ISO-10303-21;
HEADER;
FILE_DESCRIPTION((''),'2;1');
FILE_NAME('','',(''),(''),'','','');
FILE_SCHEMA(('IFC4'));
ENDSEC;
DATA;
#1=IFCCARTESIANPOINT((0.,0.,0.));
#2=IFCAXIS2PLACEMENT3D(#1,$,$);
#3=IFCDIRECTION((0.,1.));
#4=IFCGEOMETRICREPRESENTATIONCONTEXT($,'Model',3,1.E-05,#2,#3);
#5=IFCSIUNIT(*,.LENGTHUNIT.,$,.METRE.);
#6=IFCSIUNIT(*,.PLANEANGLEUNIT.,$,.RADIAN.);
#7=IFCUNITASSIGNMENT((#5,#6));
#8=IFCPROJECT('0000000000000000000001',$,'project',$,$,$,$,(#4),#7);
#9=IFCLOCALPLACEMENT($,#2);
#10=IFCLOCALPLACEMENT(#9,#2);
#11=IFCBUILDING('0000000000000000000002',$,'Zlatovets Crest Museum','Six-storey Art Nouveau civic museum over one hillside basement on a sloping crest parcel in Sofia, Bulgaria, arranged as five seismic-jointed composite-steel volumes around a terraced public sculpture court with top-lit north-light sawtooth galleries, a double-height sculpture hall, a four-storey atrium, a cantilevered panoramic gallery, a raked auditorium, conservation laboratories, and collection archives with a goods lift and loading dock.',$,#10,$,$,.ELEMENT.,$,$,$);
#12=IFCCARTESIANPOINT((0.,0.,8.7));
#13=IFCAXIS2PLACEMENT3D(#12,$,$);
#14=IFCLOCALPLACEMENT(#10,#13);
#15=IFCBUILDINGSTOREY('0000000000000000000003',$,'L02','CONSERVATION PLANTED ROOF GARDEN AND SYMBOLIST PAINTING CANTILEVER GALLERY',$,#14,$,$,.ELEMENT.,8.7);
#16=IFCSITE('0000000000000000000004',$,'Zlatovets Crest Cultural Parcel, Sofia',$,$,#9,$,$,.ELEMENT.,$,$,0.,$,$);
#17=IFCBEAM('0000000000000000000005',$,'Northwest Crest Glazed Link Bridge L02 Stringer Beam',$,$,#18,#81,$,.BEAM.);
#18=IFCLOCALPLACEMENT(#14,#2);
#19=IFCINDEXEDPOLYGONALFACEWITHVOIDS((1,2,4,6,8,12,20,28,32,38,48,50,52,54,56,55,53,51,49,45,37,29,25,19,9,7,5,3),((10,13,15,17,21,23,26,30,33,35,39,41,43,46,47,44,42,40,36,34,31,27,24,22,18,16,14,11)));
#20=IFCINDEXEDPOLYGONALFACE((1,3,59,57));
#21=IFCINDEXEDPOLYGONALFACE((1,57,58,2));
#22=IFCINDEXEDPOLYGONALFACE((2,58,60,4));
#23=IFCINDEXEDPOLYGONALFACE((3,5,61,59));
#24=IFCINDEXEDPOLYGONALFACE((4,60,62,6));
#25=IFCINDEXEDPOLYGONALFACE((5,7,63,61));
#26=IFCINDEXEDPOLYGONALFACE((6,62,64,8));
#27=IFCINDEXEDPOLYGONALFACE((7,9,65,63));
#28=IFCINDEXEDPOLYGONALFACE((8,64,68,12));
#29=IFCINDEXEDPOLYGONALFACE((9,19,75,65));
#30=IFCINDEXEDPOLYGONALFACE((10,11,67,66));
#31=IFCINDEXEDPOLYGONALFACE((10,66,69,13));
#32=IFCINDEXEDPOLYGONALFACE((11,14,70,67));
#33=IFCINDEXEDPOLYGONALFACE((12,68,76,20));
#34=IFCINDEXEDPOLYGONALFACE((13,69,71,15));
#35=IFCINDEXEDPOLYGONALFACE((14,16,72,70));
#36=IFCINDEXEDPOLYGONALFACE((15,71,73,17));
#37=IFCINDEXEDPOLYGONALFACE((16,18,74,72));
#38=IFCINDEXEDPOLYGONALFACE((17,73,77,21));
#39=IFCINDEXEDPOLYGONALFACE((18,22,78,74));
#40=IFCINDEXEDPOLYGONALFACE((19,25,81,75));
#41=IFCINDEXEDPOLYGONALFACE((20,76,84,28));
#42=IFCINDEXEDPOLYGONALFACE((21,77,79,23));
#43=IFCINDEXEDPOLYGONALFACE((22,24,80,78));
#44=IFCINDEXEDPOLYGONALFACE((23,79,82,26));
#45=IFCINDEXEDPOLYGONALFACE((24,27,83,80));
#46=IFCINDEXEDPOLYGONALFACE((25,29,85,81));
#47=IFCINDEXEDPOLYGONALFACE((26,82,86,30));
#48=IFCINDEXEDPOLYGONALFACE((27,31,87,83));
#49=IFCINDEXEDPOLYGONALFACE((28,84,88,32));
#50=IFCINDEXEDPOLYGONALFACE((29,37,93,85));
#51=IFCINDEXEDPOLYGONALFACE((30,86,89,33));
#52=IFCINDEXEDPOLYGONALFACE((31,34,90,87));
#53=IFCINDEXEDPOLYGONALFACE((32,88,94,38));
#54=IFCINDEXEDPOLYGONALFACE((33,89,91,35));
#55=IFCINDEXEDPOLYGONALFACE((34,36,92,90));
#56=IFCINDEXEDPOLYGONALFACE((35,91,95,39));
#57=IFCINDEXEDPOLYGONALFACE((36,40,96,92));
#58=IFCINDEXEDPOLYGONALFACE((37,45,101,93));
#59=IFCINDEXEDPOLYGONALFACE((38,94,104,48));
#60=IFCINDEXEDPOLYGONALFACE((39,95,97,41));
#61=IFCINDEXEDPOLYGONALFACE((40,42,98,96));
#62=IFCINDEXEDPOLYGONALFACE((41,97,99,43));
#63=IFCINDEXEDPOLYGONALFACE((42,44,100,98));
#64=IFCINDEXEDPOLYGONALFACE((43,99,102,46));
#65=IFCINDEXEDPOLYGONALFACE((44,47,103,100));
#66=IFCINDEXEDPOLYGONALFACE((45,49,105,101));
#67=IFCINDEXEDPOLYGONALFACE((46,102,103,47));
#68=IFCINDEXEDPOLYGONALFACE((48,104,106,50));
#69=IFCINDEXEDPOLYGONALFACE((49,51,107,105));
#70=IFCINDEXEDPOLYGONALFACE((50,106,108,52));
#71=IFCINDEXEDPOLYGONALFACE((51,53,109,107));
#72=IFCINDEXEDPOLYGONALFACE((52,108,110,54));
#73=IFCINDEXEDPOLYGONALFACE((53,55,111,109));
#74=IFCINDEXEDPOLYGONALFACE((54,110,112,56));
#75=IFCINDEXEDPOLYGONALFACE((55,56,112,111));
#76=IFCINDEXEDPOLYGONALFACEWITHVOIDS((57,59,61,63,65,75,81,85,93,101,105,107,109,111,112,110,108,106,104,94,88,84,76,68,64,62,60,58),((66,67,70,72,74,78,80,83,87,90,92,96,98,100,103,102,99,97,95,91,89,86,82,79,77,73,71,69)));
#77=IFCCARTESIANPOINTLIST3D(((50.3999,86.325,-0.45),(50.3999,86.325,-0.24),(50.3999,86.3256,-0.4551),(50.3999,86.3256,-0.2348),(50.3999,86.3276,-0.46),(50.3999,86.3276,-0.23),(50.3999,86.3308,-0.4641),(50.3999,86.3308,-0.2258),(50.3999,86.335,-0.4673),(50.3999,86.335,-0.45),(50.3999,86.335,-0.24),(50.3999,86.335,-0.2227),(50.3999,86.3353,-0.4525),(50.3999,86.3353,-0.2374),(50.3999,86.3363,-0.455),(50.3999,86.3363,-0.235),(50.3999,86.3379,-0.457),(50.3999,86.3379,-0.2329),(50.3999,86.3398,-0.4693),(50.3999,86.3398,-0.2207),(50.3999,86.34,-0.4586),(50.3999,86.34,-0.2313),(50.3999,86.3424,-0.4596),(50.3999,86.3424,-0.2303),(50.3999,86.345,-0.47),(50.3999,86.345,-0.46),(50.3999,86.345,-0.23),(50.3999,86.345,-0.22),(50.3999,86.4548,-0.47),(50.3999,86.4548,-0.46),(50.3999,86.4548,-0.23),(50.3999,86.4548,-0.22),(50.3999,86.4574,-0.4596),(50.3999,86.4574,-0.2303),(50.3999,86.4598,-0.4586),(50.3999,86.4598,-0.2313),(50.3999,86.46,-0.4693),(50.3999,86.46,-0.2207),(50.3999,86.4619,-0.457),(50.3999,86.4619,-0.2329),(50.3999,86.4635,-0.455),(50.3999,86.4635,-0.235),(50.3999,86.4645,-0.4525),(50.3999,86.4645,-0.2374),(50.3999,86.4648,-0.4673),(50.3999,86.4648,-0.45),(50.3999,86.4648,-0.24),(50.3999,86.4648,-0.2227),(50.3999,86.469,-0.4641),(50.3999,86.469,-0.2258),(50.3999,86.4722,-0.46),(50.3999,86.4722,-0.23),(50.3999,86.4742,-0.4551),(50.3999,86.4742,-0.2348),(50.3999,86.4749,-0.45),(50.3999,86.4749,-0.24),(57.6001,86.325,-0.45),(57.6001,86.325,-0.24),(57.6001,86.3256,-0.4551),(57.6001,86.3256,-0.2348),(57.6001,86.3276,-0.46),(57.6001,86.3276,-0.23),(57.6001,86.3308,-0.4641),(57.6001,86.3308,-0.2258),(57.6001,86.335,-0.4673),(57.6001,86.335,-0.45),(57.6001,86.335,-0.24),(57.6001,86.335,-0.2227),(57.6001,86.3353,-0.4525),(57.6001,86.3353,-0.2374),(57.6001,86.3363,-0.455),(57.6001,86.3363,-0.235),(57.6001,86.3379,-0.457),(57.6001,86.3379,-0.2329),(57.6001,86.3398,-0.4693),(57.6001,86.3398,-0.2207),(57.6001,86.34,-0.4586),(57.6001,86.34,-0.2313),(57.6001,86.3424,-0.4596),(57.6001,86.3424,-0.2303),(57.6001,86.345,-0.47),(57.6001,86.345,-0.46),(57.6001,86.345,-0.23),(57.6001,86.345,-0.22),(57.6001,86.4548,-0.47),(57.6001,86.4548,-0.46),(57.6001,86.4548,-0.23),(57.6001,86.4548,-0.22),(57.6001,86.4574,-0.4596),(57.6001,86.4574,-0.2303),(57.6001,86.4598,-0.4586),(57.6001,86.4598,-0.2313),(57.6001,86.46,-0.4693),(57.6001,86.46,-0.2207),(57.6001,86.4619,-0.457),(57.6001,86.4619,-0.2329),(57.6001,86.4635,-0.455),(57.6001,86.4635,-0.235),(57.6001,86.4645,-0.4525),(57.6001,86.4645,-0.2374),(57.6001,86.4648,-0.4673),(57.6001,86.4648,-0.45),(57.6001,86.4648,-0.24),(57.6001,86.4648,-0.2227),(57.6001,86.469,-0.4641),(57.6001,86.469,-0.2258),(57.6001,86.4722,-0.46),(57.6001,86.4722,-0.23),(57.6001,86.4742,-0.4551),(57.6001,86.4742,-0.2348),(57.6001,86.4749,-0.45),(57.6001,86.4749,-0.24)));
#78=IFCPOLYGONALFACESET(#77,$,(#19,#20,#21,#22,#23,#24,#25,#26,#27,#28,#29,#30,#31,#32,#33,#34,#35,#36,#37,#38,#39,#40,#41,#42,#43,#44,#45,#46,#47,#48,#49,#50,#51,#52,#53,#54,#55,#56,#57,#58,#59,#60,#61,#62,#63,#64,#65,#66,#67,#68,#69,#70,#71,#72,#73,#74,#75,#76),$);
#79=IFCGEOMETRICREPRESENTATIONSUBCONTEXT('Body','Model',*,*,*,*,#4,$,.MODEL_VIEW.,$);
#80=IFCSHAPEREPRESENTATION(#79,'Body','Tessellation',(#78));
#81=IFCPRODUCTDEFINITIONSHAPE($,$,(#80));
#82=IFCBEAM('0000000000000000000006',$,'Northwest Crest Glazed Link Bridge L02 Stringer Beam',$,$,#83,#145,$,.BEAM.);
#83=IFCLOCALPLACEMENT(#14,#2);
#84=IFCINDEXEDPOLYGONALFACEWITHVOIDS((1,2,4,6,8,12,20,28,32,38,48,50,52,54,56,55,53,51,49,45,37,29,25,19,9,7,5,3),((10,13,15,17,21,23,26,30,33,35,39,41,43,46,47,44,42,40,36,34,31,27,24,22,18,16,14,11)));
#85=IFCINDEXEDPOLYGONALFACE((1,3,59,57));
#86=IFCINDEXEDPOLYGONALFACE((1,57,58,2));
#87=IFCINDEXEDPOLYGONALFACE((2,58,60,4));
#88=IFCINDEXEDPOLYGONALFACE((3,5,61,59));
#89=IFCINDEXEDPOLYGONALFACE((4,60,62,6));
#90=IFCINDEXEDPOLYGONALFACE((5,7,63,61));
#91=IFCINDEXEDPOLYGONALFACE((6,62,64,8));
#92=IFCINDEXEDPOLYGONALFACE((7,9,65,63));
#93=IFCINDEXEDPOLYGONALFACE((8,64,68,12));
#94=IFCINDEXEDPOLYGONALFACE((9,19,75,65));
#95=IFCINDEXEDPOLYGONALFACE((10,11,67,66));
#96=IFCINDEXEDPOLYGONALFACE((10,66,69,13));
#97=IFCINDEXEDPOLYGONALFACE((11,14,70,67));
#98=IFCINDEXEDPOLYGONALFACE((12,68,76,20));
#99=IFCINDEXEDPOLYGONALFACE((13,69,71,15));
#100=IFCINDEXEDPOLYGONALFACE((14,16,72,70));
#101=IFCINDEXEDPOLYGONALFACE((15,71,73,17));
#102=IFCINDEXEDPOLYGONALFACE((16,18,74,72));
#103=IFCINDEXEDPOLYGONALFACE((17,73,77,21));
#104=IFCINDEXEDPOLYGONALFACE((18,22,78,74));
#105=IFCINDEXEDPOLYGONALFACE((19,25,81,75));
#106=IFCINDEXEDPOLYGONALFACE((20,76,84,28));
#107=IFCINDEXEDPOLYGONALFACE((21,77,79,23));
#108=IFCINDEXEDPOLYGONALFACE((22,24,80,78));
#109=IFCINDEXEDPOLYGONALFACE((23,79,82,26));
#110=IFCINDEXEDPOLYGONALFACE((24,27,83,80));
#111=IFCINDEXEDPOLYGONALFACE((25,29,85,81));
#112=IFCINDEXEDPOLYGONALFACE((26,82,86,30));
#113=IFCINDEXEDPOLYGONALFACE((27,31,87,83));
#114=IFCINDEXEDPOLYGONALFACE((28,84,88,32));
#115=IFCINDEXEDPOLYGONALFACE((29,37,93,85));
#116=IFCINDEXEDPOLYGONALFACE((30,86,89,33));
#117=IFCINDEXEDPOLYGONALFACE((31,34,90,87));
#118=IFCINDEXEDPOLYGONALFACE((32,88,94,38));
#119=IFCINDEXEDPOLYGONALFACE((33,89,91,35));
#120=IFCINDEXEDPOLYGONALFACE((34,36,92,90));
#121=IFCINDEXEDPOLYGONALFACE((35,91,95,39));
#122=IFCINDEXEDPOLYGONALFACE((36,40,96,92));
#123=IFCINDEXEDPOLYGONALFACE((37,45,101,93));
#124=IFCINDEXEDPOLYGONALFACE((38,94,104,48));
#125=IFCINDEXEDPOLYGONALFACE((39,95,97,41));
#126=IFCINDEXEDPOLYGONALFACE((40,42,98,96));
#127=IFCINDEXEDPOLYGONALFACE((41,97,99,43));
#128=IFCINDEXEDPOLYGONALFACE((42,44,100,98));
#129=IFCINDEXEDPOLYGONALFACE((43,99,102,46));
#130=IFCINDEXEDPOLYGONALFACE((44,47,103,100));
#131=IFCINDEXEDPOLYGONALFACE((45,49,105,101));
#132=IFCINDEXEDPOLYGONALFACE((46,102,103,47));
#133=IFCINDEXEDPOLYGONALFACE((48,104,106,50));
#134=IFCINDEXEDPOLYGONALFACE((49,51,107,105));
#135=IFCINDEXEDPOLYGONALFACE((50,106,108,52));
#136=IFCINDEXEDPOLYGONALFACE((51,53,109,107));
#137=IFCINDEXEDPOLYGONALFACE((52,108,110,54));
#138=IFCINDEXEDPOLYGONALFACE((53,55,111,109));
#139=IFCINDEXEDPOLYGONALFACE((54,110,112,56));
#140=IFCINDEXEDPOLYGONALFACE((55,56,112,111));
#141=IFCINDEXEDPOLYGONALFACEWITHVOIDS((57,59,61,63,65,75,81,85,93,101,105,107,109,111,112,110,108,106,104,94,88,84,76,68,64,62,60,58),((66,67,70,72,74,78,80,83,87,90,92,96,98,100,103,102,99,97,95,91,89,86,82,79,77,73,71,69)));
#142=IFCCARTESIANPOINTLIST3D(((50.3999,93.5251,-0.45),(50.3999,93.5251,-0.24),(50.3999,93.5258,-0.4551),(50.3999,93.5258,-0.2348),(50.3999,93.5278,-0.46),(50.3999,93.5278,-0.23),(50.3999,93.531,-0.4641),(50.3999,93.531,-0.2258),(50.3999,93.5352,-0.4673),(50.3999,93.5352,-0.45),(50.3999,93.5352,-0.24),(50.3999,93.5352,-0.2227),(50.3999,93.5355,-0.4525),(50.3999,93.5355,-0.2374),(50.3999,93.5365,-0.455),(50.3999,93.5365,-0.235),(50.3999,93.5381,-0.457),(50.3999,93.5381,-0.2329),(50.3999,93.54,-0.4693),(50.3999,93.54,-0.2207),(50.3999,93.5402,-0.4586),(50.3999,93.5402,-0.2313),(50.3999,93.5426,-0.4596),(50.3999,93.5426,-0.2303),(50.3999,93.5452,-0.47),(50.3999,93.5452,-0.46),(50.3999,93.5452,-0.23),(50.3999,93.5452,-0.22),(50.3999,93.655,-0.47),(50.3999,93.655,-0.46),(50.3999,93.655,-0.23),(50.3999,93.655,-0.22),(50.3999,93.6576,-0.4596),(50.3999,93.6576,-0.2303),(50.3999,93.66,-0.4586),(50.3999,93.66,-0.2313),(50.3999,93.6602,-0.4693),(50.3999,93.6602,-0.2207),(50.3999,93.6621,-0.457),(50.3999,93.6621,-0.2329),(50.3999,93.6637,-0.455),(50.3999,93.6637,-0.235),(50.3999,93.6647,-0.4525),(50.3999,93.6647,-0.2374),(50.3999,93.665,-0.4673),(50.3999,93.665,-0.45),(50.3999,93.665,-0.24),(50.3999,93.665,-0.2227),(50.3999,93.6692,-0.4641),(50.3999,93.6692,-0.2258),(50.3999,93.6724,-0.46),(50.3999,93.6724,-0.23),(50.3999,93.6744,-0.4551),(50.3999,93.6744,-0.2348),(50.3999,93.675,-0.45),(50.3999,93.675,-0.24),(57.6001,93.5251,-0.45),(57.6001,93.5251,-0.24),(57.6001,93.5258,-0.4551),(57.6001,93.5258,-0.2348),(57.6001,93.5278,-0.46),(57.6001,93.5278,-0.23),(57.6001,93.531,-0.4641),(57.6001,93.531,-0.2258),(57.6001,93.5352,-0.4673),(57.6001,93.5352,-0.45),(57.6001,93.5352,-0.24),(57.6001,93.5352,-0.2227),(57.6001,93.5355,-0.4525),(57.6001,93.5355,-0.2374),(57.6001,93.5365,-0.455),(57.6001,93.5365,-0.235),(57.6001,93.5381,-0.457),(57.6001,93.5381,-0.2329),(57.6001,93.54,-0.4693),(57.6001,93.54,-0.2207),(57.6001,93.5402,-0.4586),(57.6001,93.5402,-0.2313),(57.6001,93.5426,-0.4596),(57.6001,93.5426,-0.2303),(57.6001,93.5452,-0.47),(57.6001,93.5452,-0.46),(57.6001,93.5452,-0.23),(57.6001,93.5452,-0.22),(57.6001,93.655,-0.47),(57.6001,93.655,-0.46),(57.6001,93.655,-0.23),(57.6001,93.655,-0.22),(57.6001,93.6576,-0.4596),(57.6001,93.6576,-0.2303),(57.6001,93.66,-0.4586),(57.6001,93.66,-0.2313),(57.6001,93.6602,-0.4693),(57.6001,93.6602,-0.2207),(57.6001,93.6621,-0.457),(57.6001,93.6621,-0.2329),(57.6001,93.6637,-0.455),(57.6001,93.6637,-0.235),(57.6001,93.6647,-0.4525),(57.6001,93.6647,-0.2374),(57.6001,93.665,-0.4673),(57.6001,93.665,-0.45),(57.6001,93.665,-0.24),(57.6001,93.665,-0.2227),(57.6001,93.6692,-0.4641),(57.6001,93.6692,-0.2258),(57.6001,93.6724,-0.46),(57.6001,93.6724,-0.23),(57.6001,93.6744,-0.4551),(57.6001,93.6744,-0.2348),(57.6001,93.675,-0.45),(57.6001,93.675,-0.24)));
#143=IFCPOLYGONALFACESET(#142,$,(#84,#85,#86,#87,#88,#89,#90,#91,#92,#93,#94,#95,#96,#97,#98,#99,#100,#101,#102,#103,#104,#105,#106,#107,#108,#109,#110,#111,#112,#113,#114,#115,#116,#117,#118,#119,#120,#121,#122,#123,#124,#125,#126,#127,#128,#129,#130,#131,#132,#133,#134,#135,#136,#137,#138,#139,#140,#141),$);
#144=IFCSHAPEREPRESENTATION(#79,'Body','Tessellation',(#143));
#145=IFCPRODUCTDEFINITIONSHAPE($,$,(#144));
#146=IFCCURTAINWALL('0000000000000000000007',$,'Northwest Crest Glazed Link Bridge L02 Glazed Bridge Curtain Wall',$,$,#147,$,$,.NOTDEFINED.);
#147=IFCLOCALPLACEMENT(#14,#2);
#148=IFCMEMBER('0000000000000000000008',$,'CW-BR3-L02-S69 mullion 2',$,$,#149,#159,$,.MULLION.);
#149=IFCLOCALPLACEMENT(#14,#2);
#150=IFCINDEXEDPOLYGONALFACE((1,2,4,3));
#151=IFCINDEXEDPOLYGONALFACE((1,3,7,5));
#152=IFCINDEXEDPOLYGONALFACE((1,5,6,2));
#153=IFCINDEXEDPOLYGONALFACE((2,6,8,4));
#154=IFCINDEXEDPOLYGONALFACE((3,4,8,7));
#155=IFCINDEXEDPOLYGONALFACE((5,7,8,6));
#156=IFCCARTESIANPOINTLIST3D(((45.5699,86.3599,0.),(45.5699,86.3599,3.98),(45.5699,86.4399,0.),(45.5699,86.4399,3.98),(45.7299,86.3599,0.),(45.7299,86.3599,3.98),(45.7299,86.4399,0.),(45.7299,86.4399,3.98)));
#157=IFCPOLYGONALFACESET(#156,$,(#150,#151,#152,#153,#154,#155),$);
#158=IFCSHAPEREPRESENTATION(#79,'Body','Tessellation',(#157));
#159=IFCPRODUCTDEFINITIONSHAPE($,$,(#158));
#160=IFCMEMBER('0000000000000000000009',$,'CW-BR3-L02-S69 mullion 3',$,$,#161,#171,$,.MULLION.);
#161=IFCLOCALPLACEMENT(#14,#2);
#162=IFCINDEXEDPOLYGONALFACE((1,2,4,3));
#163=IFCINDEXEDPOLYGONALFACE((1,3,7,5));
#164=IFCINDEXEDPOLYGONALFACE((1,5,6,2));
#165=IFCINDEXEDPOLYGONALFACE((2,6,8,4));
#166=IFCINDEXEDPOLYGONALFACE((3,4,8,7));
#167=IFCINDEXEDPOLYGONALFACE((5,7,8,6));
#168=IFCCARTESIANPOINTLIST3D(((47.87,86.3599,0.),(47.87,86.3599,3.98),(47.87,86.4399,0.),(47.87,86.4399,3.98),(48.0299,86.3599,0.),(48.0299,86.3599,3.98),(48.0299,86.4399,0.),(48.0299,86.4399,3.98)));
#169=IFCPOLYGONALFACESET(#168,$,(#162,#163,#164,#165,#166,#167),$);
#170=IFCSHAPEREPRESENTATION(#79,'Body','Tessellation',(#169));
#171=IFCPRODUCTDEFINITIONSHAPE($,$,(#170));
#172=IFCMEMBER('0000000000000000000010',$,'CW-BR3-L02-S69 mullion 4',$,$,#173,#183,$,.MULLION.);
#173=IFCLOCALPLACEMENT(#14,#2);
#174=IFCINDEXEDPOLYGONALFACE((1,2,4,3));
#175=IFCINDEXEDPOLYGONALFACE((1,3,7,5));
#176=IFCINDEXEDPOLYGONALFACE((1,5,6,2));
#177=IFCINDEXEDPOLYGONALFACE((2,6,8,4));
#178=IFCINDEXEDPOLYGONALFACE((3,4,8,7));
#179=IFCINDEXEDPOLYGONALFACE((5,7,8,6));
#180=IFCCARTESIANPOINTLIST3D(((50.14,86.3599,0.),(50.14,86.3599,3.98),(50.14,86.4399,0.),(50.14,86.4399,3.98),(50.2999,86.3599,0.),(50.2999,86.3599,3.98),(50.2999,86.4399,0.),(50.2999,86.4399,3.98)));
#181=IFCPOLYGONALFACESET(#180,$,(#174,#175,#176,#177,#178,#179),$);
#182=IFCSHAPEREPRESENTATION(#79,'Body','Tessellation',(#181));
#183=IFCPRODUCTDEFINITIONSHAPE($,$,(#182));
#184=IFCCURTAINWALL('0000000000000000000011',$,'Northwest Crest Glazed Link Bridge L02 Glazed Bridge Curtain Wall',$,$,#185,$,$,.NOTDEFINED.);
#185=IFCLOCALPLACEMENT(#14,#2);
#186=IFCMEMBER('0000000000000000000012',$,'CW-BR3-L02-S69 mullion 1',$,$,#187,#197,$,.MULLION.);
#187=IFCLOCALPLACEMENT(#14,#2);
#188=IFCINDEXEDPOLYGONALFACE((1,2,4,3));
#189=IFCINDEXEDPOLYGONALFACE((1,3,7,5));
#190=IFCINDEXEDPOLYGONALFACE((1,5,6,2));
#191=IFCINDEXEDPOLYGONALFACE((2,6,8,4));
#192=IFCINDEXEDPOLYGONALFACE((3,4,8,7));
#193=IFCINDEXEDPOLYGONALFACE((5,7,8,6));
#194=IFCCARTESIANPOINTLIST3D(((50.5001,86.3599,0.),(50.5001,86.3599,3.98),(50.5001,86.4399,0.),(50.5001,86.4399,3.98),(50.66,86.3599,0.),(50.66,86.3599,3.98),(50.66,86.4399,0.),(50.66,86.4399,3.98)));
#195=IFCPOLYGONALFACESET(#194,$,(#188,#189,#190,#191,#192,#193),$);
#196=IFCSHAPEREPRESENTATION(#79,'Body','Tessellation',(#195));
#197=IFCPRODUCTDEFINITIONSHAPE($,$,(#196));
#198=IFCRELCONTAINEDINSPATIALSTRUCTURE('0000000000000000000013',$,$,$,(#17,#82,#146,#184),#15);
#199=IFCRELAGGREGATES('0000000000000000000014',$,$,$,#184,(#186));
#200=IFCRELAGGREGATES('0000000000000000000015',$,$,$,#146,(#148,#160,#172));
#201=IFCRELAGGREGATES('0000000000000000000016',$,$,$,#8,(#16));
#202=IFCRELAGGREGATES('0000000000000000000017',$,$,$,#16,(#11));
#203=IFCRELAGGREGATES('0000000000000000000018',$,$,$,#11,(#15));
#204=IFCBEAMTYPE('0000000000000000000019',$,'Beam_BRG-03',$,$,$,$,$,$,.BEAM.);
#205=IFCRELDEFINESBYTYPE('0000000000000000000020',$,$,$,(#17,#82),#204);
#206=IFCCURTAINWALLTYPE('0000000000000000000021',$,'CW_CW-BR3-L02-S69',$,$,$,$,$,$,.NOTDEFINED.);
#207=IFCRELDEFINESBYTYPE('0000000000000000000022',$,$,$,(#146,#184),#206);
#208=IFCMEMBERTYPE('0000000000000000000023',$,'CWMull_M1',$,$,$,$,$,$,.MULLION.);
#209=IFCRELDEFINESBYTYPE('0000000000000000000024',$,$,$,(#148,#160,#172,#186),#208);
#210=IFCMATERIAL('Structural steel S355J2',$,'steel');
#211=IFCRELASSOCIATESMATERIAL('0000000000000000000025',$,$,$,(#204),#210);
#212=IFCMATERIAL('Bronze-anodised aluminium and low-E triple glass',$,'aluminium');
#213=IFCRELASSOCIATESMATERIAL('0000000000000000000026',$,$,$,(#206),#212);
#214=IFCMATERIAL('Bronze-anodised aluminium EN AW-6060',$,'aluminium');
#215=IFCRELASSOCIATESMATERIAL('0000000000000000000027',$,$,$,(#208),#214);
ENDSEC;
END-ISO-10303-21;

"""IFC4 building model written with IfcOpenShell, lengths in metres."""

from ifc_helpers import new_model, si_unit, direction, frame, origin, origin_2d, place, context, subcontext, project, spatial, rectangle, hollow_rectangle, extrude, material, material_profile, profile_set, type_object, element, aggregate, save


model = new_model("IFC4")

# Units and contexts
model_context = context("Model", 3, precision=1e-05, world=origin(), true_north=direction((0.0, 1.0)))
body_context = subcontext(model_context, "Body", "Model", "MODEL_VIEW")
ifc_project = project(units=[si_unit("LENGTHUNIT", "METRE"), si_unit("PLANEANGLEUNIT", "RADIAN")], contexts=[model_context])

# Site, building, storey
site_placement = place(None, origin())
site = spatial("IfcSite", under=ifc_project, at=site_placement, Name="Zlatovets Crest Cultural Parcel, Sofia", CompositionType="ELEMENT", RefElevation=0.0)
building_placement = place(site_placement, origin())
building = spatial("IfcBuilding", under=site, at=building_placement, Name="Zlatovets Crest Museum", Description="Six-storey Art Nouveau civic museum over one hillside basement on a sloping crest parcel in Sofia, Bulgaria, arranged as five seismic-jointed composite-steel volumes around a terraced public sculpture court with top-lit north-light sawtooth galleries, a double-height sculpture hall, a four-storey atrium, a cantilevered panoramic gallery, a raked auditorium, conservation laboratories, and collection archives with a goods lift and loading dock.", CompositionType="ELEMENT")
storey_placement = place(building_placement, frame((0.0, 0.0, 8.7)))
storey = spatial("IfcBuildingStorey", under=building, at=storey_placement, Name="L02", Description="CONSERVATION PLANTED ROOF GARDEN AND SYMBOLIST PAINTING CANTILEVER GALLERY", CompositionType="ELEMENT", Elevation=8.7)

# Shared definitions
ifc_material_1 = material(Name="Structural steel S355J2", Category="steel")

# Beams
ifc_material_profile_1 = material_profile(ifc_material_1, hollow_rectangle(XDim=0.1499, YDim=0.25, WallThickness=0.01, InnerFilletRadius=0.01, OuterFilletRadius=0.02, at=origin_2d()), Name="RHS 150x250x10.0")
ifc_profile_set_1 = profile_set([ifc_material_profile_1], Name="Structural steel S355J2")
beam_type_1 = type_object("IfcBeamType", Name="Beam_BRG-03", PredefinedType="BEAM", material=ifc_profile_set_1)
for number, where, z_axis, x_axis, name in (
    (1, (50.3999, 86.3999, -0.345), (1.0, 0.0, 0.0), (0.0, 1.0, 0.0), "Northwest Crest Glazed Link Bridge L02 Stringer Beam"),
    (2, (50.3999, 93.6001, -0.345), (1.0, 0.0, 0.0), (0.0, 1.0, 0.0), "Northwest Crest Glazed Link Bridge L02 Stringer Beam"),
):
    element("IfcBeam", number, at=place(storey_placement, frame(where, z_axis=z_axis, x_axis=x_axis)), inside=storey, type_object=beam_type_1, Name=name, PredefinedType="BEAM", context=body_context, shape_type="SweptSolid", body=[
        extrude(hollow_rectangle(XDim=0.1499, YDim=0.25, WallThickness=0.01, InnerFilletRadius=0.01, OuterFilletRadius=0.02, at=origin_2d()), origin(), (0.0, 0.0, 1.0), 7.2002),
    ])

# Curtain wall, members
ifc_material_2 = material(Name="Bronze-anodised aluminium and low-E triple glass", Category="aluminium")
curtain_wall_type = type_object("IfcCurtainWallType", Name="CW_CW-BR3-L02-S69", PredefinedType="NOTDEFINED", material=ifc_material_2)
curtain_wall_1_placement = place(storey_placement, origin())
curtain_wall_1 = element("IfcCurtainWall", 3, at=curtain_wall_1_placement, inside=storey, type_object=curtain_wall_type, Name="Northwest Crest Glazed Link Bridge L02 Glazed Bridge Curtain Wall", PredefinedType="NOTDEFINED")
ifc_material_3 = material(Name="Bronze-anodised aluminium EN AW-6060", Category="aluminium")
ifc_material_profile_2 = material_profile(ifc_material_3, rectangle(XDim=0.0801, YDim=0.1599, at=origin_2d()), Name="ALU 80x160")
ifc_profile_set_2 = profile_set([ifc_material_profile_2], Name="Bronze-anodised aluminium EN AW-6060")
member_type_1 = type_object("IfcMemberType", Name="CWMull_M1", PredefinedType="MULLION", material=ifc_profile_set_2)
member_1_placement = place(storey_placement, frame((45.6499, 86.3999, 0.0), z_axis=(0.0, 0.0, 1.0), x_axis=(0.0, 1.0, 0.0)))
member_1 = element("IfcMember", 4, at=member_1_placement, type_object=member_type_1, Name="CW-BR3-L02-S69 mullion 2", PredefinedType="MULLION", context=body_context, shape_type="SweptSolid", body=[
    extrude(rectangle(XDim=0.0801, YDim=0.1599, at=origin_2d()), origin(), (0.0, 0.0, 1.0), 3.98),
])
member_2_placement = place(storey_placement, frame((47.95, 86.3999, 0.0), z_axis=(0.0, 0.0, 1.0), x_axis=(0.0, 1.0, 0.0)))
member_2 = element("IfcMember", 5, at=member_2_placement, type_object=member_type_1, Name="CW-BR3-L02-S69 mullion 3", PredefinedType="MULLION", context=body_context, shape_type="SweptSolid", body=[
    extrude(rectangle(XDim=0.0801, YDim=0.1599, at=origin_2d()), origin(), (0.0, 0.0, 1.0), 3.98),
])
member_3_placement = place(storey_placement, frame((50.22, 86.3999, 0.0), z_axis=(0.0, 0.0, 1.0), x_axis=(0.0, 1.0, 0.0)))
member_3 = element("IfcMember", 6, at=member_3_placement, type_object=member_type_1, Name="CW-BR3-L02-S69 mullion 4", PredefinedType="MULLION", context=body_context, shape_type="SweptSolid", body=[
    extrude(rectangle(XDim=0.0801, YDim=0.1599, at=origin_2d()), origin(), (0.0, 0.0, 1.0), 3.98),
])

# Curtain wall, member
curtain_wall_2_placement = place(storey_placement, origin())
curtain_wall_2 = element("IfcCurtainWall", 7, at=curtain_wall_2_placement, inside=storey, type_object=curtain_wall_type, Name="Northwest Crest Glazed Link Bridge L02 Glazed Bridge Curtain Wall", PredefinedType="NOTDEFINED")
member_4_placement = place(storey_placement, frame((50.5801, 86.3999, 0.0), z_axis=(0.0, 0.0, 1.0), x_axis=(0.0, 1.0, 0.0)))
member_4 = element("IfcMember", 8, at=member_4_placement, type_object=member_type_1, Name="CW-BR3-L02-S69 mullion 1", PredefinedType="MULLION", context=body_context, shape_type="SweptSolid", body=[
    extrude(rectangle(XDim=0.0801, YDim=0.1599, at=origin_2d()), origin(), (0.0, 0.0, 1.0), 3.98),
])
aggregate(curtain_wall_2, [member_4])

aggregate(curtain_wall_1, [member_1, member_2, member_3])

save(model, "model.ifc")
